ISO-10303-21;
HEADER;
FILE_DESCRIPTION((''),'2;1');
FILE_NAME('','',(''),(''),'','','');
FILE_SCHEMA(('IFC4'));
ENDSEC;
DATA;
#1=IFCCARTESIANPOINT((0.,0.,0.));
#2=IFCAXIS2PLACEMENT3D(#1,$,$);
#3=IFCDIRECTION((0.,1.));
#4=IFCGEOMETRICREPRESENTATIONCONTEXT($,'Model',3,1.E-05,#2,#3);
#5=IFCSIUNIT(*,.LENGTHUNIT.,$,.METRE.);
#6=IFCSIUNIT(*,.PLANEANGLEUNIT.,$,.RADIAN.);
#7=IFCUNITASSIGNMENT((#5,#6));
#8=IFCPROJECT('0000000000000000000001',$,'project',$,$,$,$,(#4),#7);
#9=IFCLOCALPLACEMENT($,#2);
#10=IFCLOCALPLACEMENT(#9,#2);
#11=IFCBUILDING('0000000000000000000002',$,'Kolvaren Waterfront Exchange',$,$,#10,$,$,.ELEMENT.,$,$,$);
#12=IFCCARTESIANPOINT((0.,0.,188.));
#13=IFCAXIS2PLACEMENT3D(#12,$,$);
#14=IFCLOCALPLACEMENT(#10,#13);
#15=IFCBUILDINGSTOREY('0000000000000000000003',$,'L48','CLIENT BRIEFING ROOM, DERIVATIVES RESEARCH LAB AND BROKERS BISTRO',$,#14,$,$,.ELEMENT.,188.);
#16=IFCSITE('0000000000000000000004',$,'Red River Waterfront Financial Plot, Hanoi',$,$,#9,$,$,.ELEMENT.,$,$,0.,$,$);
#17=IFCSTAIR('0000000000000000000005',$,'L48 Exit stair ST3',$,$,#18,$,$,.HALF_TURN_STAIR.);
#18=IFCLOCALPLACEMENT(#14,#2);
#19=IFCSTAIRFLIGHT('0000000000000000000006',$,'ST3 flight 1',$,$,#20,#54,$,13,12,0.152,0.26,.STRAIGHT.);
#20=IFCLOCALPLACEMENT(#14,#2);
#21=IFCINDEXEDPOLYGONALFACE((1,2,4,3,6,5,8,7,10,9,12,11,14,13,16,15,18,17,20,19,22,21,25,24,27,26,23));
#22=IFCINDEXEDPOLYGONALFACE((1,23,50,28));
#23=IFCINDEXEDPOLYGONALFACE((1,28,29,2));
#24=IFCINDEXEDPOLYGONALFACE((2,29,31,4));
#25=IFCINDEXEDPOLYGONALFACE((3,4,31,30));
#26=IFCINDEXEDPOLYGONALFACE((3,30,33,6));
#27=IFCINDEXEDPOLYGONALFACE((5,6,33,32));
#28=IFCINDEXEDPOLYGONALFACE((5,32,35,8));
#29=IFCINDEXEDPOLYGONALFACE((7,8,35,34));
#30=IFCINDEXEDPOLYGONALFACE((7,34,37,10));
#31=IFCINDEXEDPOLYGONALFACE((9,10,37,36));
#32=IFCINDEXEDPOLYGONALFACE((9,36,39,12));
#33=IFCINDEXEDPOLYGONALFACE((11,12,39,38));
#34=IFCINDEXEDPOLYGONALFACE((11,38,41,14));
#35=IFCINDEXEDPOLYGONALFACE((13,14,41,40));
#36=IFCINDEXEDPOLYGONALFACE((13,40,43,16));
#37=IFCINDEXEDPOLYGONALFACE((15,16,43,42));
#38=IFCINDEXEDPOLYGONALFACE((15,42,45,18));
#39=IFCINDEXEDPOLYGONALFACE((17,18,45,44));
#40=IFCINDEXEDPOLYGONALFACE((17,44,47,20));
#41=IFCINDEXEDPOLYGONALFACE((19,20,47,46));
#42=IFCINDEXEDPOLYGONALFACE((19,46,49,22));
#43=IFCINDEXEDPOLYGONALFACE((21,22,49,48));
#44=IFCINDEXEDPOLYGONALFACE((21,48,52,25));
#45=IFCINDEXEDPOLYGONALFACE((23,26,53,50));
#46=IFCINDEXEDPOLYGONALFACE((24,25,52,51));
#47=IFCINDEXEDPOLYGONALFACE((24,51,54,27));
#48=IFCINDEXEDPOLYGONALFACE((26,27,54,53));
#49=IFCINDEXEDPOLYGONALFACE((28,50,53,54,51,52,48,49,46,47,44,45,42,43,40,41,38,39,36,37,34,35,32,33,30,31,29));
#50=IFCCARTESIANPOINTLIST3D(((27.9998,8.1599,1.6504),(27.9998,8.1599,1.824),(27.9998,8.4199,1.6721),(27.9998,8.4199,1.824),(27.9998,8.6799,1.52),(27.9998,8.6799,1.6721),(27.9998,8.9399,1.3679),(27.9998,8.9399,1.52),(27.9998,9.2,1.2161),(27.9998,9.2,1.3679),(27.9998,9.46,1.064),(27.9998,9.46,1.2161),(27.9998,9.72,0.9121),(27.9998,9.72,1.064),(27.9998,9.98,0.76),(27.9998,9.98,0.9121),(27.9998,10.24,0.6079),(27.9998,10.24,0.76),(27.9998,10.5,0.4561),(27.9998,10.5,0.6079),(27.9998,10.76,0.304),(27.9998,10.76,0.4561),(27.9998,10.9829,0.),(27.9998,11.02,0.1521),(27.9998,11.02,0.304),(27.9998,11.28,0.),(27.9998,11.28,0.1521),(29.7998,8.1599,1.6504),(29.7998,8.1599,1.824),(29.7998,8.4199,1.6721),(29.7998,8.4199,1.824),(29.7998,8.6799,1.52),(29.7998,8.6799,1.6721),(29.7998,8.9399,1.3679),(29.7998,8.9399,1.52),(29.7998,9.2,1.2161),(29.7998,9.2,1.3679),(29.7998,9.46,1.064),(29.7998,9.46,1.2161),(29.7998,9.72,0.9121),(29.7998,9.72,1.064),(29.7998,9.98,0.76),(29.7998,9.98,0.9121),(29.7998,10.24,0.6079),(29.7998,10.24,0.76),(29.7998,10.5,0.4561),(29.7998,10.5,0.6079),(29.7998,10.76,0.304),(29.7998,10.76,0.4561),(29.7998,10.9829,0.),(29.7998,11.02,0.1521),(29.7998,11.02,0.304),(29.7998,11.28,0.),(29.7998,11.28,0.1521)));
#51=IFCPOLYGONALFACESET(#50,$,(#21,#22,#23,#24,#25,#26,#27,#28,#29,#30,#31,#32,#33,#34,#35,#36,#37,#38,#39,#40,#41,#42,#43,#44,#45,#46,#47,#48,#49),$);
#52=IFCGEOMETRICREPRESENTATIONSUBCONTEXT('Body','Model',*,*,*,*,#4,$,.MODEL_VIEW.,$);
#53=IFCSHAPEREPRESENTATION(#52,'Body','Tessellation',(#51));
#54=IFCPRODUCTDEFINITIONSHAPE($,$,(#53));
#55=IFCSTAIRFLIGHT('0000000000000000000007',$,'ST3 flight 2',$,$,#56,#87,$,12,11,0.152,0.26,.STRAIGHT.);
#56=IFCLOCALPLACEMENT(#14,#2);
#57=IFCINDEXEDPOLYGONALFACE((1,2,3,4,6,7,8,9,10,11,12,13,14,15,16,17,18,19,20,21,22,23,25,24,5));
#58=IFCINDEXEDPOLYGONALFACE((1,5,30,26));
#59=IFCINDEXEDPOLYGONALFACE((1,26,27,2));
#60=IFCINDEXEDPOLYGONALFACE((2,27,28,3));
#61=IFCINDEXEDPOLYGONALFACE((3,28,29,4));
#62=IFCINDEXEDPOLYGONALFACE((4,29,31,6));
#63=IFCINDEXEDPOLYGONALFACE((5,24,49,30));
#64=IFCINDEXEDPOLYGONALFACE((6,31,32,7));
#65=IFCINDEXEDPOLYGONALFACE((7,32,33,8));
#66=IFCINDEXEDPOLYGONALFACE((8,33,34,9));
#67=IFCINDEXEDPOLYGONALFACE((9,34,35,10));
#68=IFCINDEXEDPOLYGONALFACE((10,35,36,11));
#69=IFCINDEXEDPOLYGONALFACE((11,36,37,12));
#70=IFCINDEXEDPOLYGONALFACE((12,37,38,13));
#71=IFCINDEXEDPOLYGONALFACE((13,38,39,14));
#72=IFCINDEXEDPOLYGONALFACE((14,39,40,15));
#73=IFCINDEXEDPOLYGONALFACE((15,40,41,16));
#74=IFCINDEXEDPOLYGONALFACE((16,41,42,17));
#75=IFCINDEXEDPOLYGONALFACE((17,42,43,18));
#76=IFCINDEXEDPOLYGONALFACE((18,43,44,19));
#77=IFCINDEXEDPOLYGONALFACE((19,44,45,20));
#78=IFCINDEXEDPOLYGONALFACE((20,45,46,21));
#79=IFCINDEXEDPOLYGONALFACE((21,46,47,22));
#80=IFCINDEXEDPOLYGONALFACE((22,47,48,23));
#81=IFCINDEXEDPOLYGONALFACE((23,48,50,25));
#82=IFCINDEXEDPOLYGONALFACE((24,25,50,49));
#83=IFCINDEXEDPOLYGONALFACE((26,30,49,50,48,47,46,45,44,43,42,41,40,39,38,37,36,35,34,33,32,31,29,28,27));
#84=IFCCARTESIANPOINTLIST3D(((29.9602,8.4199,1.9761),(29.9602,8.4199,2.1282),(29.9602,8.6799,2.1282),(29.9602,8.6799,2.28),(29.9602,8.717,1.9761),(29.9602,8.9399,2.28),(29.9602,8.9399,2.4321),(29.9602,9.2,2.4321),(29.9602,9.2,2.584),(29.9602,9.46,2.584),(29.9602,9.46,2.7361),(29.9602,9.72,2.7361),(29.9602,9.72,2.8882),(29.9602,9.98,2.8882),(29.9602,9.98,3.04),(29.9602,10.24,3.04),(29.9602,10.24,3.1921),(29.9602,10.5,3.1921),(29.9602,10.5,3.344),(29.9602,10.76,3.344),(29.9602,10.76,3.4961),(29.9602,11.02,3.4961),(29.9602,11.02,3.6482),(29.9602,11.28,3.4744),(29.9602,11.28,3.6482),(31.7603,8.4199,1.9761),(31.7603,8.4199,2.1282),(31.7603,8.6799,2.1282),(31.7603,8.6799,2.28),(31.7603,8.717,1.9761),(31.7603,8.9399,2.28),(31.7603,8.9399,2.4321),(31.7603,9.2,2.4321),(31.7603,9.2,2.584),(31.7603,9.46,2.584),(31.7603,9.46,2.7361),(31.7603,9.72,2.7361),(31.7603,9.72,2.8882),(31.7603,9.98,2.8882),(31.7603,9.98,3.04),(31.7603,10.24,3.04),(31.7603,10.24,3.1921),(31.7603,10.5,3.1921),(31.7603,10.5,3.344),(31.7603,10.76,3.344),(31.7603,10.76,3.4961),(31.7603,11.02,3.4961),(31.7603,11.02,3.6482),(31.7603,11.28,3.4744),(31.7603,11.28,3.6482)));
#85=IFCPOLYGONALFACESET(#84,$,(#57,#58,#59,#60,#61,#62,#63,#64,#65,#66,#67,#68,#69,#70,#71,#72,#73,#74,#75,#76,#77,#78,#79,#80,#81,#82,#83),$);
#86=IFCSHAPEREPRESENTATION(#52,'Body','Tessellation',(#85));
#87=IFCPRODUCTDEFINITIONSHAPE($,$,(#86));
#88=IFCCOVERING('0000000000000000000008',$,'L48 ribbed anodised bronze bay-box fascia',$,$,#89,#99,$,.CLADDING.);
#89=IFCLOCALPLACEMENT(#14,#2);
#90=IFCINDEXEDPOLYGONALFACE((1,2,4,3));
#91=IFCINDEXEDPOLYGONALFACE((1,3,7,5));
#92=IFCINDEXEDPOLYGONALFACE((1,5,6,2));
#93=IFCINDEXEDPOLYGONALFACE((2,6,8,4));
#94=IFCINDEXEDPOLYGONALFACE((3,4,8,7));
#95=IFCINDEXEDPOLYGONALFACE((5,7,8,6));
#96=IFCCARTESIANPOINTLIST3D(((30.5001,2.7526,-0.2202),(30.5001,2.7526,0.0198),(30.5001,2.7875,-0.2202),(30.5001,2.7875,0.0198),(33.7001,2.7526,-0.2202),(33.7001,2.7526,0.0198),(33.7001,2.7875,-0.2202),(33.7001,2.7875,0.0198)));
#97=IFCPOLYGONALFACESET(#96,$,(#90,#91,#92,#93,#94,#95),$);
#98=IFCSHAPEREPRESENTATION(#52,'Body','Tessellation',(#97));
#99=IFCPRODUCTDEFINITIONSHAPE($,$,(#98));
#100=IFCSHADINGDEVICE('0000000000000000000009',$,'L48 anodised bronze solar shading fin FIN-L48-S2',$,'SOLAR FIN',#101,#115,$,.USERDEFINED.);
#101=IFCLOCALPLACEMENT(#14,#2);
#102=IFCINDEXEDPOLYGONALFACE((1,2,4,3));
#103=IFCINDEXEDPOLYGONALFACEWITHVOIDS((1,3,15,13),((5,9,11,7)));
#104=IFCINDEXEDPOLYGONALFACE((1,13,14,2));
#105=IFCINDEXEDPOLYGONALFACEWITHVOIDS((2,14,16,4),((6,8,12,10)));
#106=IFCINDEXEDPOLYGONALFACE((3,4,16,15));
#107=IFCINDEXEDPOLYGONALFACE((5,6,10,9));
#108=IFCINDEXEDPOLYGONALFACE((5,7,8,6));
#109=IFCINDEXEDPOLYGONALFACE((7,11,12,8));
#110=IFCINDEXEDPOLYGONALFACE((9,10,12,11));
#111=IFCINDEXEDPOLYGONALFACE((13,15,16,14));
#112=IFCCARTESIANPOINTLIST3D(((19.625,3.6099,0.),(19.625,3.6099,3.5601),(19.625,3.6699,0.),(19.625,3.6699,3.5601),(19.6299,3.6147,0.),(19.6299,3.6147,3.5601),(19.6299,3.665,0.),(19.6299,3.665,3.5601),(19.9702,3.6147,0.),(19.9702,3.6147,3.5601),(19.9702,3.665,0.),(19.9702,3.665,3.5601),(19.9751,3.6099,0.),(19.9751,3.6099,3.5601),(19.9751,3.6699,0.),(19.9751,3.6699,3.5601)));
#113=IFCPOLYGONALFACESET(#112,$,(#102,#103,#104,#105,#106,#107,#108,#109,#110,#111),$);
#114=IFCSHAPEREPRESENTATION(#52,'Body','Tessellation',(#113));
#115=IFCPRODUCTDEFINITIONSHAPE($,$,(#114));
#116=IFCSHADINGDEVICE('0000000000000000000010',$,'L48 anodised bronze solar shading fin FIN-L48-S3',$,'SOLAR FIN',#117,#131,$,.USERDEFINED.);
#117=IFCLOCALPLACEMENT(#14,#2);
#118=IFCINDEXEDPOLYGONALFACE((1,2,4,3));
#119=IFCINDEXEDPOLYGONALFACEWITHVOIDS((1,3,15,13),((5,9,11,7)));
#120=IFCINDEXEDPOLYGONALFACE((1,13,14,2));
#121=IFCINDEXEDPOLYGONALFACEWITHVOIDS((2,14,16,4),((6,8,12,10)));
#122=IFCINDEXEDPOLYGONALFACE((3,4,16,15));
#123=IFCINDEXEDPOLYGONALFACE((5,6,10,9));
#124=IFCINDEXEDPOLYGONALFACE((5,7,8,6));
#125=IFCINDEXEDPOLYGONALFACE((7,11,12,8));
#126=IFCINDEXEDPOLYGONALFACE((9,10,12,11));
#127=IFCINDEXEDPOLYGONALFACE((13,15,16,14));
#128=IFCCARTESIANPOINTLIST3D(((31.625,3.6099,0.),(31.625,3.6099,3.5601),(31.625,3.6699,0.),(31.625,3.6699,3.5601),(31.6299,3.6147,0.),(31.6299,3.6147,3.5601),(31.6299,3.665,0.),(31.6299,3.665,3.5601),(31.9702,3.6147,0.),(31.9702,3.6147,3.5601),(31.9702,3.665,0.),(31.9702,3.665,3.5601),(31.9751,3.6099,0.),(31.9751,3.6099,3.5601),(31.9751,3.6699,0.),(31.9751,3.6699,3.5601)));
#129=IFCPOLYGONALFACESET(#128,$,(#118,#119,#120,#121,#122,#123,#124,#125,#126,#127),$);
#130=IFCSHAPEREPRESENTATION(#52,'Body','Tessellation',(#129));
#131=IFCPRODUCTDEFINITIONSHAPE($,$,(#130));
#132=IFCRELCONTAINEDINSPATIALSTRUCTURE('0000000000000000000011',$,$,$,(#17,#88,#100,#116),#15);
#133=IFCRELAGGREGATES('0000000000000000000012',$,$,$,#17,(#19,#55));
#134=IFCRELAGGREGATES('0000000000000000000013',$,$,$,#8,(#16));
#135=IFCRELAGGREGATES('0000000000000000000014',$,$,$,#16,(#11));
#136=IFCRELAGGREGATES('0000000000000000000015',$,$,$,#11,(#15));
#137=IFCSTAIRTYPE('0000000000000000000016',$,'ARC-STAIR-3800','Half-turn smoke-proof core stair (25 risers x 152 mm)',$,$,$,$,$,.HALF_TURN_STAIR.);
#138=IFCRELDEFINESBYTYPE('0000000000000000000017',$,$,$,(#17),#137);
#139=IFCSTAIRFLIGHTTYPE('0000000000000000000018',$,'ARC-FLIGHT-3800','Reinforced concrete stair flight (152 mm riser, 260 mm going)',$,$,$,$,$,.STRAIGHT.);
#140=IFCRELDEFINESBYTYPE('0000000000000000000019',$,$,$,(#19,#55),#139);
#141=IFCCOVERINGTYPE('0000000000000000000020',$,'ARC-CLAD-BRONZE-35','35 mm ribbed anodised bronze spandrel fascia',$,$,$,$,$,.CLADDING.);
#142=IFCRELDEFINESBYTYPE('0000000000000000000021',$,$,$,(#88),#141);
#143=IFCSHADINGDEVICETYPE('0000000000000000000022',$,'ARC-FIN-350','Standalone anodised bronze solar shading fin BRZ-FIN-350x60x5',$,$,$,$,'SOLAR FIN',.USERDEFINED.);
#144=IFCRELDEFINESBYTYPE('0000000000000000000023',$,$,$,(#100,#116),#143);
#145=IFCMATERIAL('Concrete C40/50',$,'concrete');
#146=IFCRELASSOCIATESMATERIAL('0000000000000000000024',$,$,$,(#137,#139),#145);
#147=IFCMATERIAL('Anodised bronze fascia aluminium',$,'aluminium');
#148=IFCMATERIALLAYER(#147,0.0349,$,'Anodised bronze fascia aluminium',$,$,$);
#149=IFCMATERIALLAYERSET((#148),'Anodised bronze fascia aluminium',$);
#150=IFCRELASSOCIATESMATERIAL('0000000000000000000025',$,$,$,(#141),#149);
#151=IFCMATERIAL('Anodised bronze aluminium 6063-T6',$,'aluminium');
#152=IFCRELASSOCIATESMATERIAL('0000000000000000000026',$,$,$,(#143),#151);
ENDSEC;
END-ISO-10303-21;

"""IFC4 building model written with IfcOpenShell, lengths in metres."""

from ifc_helpers import new_model, si_unit, direction, frame, origin, origin_2d, place, context, subcontext, project, spatial, polyline, rectangle, hollow_rectangle, outline, extrude, material, layer, layer_set, material_profile, profile_set, type_object, element, aggregate, save


model = new_model("IFC4")

# Units and contexts
model_context = context("Model", 3, precision=1e-05, world=origin(), true_north=direction((0.0, 1.0)))
body_context = subcontext(model_context, "Body", "Model", "MODEL_VIEW")
ifc_project = project(units=[si_unit("LENGTHUNIT", "METRE"), si_unit("PLANEANGLEUNIT", "RADIAN")], contexts=[model_context])

# Site, building, storey
site_placement = place(None, origin())
site = spatial("IfcSite", under=ifc_project, at=site_placement, Name="Red River Waterfront Financial Plot, Hanoi", CompositionType="ELEMENT", RefElevation=0.0)
building_placement = place(site_placement, origin())
building = spatial("IfcBuilding", under=site, at=building_placement, Name="Kolvaren Waterfront Exchange", CompositionType="ELEMENT")
storey_placement = place(building_placement, frame((0.0, 0.0, 188.0)))
storey = spatial("IfcBuildingStorey", under=building, at=storey_placement, Name="L48", Description="CLIENT BRIEFING ROOM, DERIVATIVES RESEARCH LAB AND BROKERS BISTRO", CompositionType="ELEMENT", Elevation=188.0)

# Shared definitions
ifc_material_1 = material(Name="Anodised bronze aluminium 6063-T6", Category="aluminium")

# Shared definitions
ifc_material_2 = material(Name="Concrete C40/50", Category="concrete")

# Stair, stair flights
stair_type = type_object("IfcStairType", Name="ARC-STAIR-3800", Description="Half-turn smoke-proof core stair (25 risers x 152 mm)", PredefinedType="HALF_TURN_STAIR", material=ifc_material_2)
stair_placement = place(storey_placement, origin())
stair = element("IfcStair", 1, at=stair_placement, inside=storey, type_object=stair_type, Name="L48 Exit stair ST3", PredefinedType="HALF_TURN_STAIR")
stair_flight_type = type_object("IfcStairFlightType", Name="ARC-FLIGHT-3800", Description="Reinforced concrete stair flight (152 mm riser, 260 mm going)", PredefinedType="STRAIGHT", material=ifc_material_2)
stair_flight_1_placement = place(storey_placement, frame((28.8999, 11.28, 0.0), z_axis=(0.0, 0.0, 1.0), x_axis=(0.0, -1.0, 0.0)))
stair_flight_1 = element("IfcStairFlight", 2, at=stair_flight_1_placement, type_object=stair_flight_type, Name="ST3 flight 1", NumberOfRisers=13, NumberOfTreads=12, PredefinedType="STRAIGHT", RiserHeight=0.152, TreadLength=0.26, context=body_context, shape_type="SweptSolid", body=[
    extrude(outline(polyline([(0.0, 0.0), (0.0, 0.1521), (0.26, 0.1521), (0.26, 0.304), (0.52, 0.304), (0.52, 0.4561), (0.78, 0.4561), (0.78, 0.6079), (1.04, 0.6079), (1.04, 0.76), (1.3, 0.76), (1.3, 0.9121), (1.5601, 0.9121), (1.5601, 1.064), (1.8201, 1.064), (1.8201, 1.2161), (2.0801, 1.2161), (2.0801, 1.3679), (2.3401, 1.3679), (2.3401, 1.52), (2.6001, 1.52), (2.6001, 1.6721), (2.8601, 1.6721), (2.8601, 1.824), (3.1201, 1.824), (3.1201, 1.9761), (3.1201, 1.6504), (0.2971, 0.0), (0.0, 0.0)])), frame((0.0, 0.8999, 0.0), z_axis=(0.0, -1.0, 0.0), x_axis=(1.0, 0.0, 0.0)), (0.0, 0.0, 1.0), 1.8),
])
stair_flight_2_placement = place(storey_placement, frame((30.8601, 8.4199, 1.9761), z_axis=(0.0, 0.0, 1.0), x_axis=(0.0, 1.0, 0.0)))
stair_flight_2 = element("IfcStairFlight", 3, at=stair_flight_2_placement, type_object=stair_flight_type, Name="ST3 flight 2", NumberOfRisers=12, NumberOfTreads=11, PredefinedType="STRAIGHT", RiserHeight=0.152, TreadLength=0.26, context=body_context, shape_type="SweptSolid", body=[
    extrude(outline(polyline([(0.0, 0.0), (0.0, 0.1521), (0.26, 0.1521), (0.26, 0.304), (0.52, 0.304), (0.52, 0.4561), (0.78, 0.4561), (0.78, 0.6079), (1.04, 0.6079), (1.04, 0.76), (1.3, 0.76), (1.3, 0.9121), (1.5601, 0.9121), (1.5601, 1.064), (1.8201, 1.064), (1.8201, 1.2161), (2.0801, 1.2161), (2.0801, 1.3679), (2.3401, 1.3679), (2.3401, 1.52), (2.6001, 1.52), (2.6001, 1.6721), (2.8601, 1.6721), (2.8601, 1.824), (2.8601, 1.4983), (0.2971, 0.0), (0.0, 0.0)])), frame((0.0, 0.8999, 0.0), z_axis=(0.0, -1.0, 0.0), x_axis=(1.0, 0.0, 0.0)), (0.0, 0.0, 1.0), 1.8),
])
aggregate(stair, [stair_flight_1, stair_flight_2])

# Covering
ifc_material_3 = material(Name="Anodised bronze fascia aluminium", Category="aluminium")
ifc_layer_1 = layer(ifc_material_3, 0.0349, Name="Anodised bronze fascia aluminium")
ifc_layer_set_1 = layer_set([ifc_layer_1], Name="Anodised bronze fascia aluminium")
covering_type = type_object("IfcCoveringType", Name="ARC-CLAD-BRONZE-35", Description="35 mm ribbed anodised bronze spandrel fascia", PredefinedType="CLADDING", material=ifc_layer_set_1)
covering_placement = place(storey_placement, frame((32.1001, 2.77, -0.2202), z_axis=(0.0, 0.0, 1.0), x_axis=(1.0, 0.0, 0.0)))
element("IfcCovering", 4, at=covering_placement, inside=storey, type_object=covering_type, Name="L48 ribbed anodised bronze bay-box fascia", PredefinedType="CLADDING", context=body_context, shape_type="SweptSolid", body=[
    extrude(rectangle(XDim=3.2, YDim=0.0349, at=origin_2d()), origin(), (0.0, 0.0, 1.0), 0.24),
])

# Shading devices
ifc_material_profile_1 = material_profile(ifc_material_1, hollow_rectangle(XDim=0.0601, YDim=0.3501, WallThickness=0.0049, at=origin_2d()), Name="BRZ-FIN-350x60x5")
ifc_profile_set_1 = profile_set([ifc_material_profile_1], Name="Anodised bronze aluminium 6063-T6")
shading_device_type = type_object("IfcShadingDeviceType", Name="ARC-FIN-350", Description="Standalone anodised bronze solar shading fin BRZ-FIN-350x60x5", ElementType="SOLAR FIN", PredefinedType="USERDEFINED", material=ifc_profile_set_1)
for number, where, z_axis, x_axis, name in (
    (5, (19.8, 3.6399, 0.0), (0.0, 0.0, 1.0), (0.0, -1.0, 0.0), "L48 anodised bronze solar shading fin FIN-L48-S2"),
    (6, (31.8, 3.6399, 0.0), (0.0, 0.0, 1.0), (0.0, -1.0, 0.0), "L48 anodised bronze solar shading fin FIN-L48-S3"),
):
    element("IfcShadingDevice", number, at=place(storey_placement, frame(where, z_axis=z_axis, x_axis=x_axis)), inside=storey, type_object=shading_device_type, Name=name, ObjectType="SOLAR FIN", PredefinedType="USERDEFINED", context=body_context, shape_type="SweptSolid", body=[
        extrude(hollow_rectangle(XDim=0.0601, YDim=0.3501, WallThickness=0.0049, at=origin_2d()), origin(), (0.0, 0.0, 1.0), 3.5601),
    ])

save(model, "model.ifc")
